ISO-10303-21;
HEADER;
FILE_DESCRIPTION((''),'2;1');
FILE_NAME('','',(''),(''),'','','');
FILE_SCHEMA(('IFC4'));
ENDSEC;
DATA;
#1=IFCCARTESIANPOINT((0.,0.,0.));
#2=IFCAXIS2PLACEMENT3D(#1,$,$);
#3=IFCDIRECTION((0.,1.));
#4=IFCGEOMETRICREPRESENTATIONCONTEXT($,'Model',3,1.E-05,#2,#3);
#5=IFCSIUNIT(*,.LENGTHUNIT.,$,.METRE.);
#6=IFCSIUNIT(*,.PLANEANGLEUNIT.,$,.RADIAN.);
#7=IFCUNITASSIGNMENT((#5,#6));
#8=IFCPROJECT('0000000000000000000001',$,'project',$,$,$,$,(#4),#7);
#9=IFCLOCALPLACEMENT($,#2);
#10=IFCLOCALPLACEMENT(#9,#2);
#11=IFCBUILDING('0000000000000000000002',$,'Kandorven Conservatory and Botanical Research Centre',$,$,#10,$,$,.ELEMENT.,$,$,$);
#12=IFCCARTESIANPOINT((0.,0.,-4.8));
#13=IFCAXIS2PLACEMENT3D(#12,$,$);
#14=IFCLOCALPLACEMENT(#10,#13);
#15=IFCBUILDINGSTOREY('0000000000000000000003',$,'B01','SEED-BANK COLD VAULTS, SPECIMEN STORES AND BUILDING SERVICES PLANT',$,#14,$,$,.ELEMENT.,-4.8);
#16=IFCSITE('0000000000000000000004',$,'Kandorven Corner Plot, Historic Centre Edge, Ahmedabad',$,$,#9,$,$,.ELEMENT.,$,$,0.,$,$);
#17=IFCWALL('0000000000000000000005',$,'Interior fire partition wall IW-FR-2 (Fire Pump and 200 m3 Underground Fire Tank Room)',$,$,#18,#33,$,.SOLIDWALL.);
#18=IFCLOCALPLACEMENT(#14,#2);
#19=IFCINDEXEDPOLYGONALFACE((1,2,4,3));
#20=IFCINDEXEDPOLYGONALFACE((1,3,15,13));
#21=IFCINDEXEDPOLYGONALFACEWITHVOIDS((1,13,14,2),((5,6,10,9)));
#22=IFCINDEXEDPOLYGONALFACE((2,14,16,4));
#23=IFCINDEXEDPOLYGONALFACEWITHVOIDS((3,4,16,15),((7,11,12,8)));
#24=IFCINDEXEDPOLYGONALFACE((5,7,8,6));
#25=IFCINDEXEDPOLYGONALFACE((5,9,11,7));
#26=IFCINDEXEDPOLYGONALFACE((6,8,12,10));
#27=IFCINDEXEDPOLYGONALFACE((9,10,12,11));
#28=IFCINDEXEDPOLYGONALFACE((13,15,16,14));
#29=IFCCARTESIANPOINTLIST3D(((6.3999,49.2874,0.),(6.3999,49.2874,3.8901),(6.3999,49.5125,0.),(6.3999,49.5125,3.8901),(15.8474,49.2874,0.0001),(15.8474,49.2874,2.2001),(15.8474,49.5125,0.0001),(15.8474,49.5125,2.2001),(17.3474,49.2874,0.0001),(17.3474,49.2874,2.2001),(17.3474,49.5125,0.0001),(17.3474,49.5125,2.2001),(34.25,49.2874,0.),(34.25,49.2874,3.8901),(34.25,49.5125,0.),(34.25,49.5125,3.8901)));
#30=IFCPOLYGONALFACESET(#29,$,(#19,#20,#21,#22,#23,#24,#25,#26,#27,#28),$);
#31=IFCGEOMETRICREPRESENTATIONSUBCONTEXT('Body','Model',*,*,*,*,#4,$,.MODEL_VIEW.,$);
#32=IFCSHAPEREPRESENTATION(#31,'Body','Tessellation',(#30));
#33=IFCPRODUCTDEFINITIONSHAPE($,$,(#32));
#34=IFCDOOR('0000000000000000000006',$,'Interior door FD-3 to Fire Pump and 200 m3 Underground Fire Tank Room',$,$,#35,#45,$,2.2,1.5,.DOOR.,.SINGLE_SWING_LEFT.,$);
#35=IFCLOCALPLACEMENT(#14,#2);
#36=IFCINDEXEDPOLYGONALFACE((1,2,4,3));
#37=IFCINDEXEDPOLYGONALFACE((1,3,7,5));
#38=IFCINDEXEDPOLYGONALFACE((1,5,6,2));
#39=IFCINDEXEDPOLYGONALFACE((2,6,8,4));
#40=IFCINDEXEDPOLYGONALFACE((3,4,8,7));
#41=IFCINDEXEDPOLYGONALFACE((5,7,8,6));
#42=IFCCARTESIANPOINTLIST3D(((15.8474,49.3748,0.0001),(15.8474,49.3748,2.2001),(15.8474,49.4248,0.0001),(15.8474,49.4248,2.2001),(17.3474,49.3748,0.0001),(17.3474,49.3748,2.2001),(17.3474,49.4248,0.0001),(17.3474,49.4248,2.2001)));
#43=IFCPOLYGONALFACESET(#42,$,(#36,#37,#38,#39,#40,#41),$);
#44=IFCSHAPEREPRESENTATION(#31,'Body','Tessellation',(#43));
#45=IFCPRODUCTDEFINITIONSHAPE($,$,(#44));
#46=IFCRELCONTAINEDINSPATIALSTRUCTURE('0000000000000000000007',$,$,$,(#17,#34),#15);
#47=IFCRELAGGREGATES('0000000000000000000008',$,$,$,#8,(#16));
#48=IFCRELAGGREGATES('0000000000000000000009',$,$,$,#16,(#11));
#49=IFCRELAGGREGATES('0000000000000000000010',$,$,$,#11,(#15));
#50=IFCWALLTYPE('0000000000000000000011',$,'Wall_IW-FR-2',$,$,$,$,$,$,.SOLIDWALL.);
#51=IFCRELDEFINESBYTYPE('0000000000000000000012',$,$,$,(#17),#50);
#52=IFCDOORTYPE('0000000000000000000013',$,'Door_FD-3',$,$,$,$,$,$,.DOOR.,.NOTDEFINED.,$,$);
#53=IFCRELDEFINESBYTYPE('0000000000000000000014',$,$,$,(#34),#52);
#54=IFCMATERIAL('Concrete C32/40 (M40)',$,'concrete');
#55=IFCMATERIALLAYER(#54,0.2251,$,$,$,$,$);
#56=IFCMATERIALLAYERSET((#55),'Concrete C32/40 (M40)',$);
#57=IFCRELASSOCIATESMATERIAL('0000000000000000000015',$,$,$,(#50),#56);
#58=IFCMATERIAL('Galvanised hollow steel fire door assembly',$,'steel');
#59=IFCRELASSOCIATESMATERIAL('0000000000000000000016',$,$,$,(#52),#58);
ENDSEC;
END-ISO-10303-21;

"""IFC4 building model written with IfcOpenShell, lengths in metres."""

from ifc_helpers import new_model, si_unit, direction, frame, frame_2d, origin, place, context, subcontext, project, spatial, rectangle, extrude, material, layer, layer_set, type_object, element, fill, save


model = new_model("IFC4")

# Units and contexts
model_context = context("Model", 3, precision=1e-05, world=origin(), true_north=direction((0.0, 1.0)))
body_context = subcontext(model_context, "Body", "Model", "MODEL_VIEW")
ifc_project = project(units=[si_unit("LENGTHUNIT", "METRE"), si_unit("PLANEANGLEUNIT", "RADIAN")], contexts=[model_context])

# Site, building, storey
site_placement = place(None, origin())
site = spatial("IfcSite", under=ifc_project, at=site_placement, Name="Kandorven Corner Plot, Historic Centre Edge, Ahmedabad", CompositionType="ELEMENT", RefElevation=0.0)
building_placement = place(site_placement, origin())
building = spatial("IfcBuilding", under=site, at=building_placement, Name="Kandorven Conservatory and Botanical Research Centre", CompositionType="ELEMENT")
storey_placement = place(building_placement, frame((0.0, 0.0, -4.8)))
storey = spatial("IfcBuildingStorey", under=building, at=storey_placement, Name="B01", Description="SEED-BANK COLD VAULTS, SPECIMEN STORES AND BUILDING SERVICES PLANT", CompositionType="ELEMENT", Elevation=-4.8)

# Wall, opening, door
ifc_material_1 = material(Name="Concrete C32/40 (M40)", Category="concrete")
ifc_layer = layer(ifc_material_1, 0.2251)
ifc_layer_set = layer_set([ifc_layer], Name="Concrete C32/40 (M40)")
wall_type = type_object("IfcWallType", Name="Wall_IW-FR-2", PredefinedType="SOLIDWALL", material=ifc_layer_set)
wall_placement = place(storey_placement, frame((6.3999, 49.3999, 0.0), z_axis=(0.0, 0.0, 1.0), x_axis=(1.0, 0.0, 0.0)))
wall = element("IfcWall", 1, at=wall_placement, inside=storey, type_object=wall_type, Name="Interior fire partition wall IW-FR-2 (Fire Pump and 200 m3 Underground Fire Tank Room)", PredefinedType="SOLIDWALL", context=body_context, shape_type="SweptSolid", body=[
    extrude(rectangle(XDim=27.8501, YDim=0.2251, at=frame_2d((13.925, 0.0))), origin(), (0.0, 0.0, 1.0), 3.8901),
])
opening_placement = place(wall_placement, frame((9.4475, 0.0, 0.0)))
opening = element("IfcOpeningElement", 2, at=opening_placement, cuts=wall, PredefinedType="OPENING", context=body_context, shape_type="SweptSolid", body=[
    extrude(rectangle(XDim=1.5, YDim=2.2, at=frame_2d((0.75, 1.1001))), frame((0.0, 0.1226, 0.0), z_axis=(0.0, -1.0, 0.0), x_axis=(1.0, 0.0, 0.0)), (0.0, 0.0, 1.0), 0.2451),
])
ifc_material_2 = material(Name="Galvanised hollow steel fire door assembly", Category="steel")
door_type = type_object("IfcDoorType", Name="Door_FD-3", OperationType="NOTDEFINED", PredefinedType="DOOR", material=ifc_material_2)
door_placement = place(opening_placement, origin())
door = element("IfcDoor", 3, at=door_placement, inside=storey, type_object=door_type, Name="Interior door FD-3 to Fire Pump and 200 m3 Underground Fire Tank Room", OperationType="SINGLE_SWING_LEFT", OverallHeight=2.2, OverallWidth=1.5, PredefinedType="DOOR", context=body_context, shape_type="SweptSolid", body=[
    extrude(rectangle(XDim=1.5, YDim=2.2, at=frame_2d((0.75, 1.1001))), frame((0.0, 0.0249, 0.0), z_axis=(0.0, -1.0, 0.0), x_axis=(1.0, 0.0, 0.0)), (0.0, 0.0, 1.0), 0.05),
])
fill(opening, door)

save(model, "model.ifc")
